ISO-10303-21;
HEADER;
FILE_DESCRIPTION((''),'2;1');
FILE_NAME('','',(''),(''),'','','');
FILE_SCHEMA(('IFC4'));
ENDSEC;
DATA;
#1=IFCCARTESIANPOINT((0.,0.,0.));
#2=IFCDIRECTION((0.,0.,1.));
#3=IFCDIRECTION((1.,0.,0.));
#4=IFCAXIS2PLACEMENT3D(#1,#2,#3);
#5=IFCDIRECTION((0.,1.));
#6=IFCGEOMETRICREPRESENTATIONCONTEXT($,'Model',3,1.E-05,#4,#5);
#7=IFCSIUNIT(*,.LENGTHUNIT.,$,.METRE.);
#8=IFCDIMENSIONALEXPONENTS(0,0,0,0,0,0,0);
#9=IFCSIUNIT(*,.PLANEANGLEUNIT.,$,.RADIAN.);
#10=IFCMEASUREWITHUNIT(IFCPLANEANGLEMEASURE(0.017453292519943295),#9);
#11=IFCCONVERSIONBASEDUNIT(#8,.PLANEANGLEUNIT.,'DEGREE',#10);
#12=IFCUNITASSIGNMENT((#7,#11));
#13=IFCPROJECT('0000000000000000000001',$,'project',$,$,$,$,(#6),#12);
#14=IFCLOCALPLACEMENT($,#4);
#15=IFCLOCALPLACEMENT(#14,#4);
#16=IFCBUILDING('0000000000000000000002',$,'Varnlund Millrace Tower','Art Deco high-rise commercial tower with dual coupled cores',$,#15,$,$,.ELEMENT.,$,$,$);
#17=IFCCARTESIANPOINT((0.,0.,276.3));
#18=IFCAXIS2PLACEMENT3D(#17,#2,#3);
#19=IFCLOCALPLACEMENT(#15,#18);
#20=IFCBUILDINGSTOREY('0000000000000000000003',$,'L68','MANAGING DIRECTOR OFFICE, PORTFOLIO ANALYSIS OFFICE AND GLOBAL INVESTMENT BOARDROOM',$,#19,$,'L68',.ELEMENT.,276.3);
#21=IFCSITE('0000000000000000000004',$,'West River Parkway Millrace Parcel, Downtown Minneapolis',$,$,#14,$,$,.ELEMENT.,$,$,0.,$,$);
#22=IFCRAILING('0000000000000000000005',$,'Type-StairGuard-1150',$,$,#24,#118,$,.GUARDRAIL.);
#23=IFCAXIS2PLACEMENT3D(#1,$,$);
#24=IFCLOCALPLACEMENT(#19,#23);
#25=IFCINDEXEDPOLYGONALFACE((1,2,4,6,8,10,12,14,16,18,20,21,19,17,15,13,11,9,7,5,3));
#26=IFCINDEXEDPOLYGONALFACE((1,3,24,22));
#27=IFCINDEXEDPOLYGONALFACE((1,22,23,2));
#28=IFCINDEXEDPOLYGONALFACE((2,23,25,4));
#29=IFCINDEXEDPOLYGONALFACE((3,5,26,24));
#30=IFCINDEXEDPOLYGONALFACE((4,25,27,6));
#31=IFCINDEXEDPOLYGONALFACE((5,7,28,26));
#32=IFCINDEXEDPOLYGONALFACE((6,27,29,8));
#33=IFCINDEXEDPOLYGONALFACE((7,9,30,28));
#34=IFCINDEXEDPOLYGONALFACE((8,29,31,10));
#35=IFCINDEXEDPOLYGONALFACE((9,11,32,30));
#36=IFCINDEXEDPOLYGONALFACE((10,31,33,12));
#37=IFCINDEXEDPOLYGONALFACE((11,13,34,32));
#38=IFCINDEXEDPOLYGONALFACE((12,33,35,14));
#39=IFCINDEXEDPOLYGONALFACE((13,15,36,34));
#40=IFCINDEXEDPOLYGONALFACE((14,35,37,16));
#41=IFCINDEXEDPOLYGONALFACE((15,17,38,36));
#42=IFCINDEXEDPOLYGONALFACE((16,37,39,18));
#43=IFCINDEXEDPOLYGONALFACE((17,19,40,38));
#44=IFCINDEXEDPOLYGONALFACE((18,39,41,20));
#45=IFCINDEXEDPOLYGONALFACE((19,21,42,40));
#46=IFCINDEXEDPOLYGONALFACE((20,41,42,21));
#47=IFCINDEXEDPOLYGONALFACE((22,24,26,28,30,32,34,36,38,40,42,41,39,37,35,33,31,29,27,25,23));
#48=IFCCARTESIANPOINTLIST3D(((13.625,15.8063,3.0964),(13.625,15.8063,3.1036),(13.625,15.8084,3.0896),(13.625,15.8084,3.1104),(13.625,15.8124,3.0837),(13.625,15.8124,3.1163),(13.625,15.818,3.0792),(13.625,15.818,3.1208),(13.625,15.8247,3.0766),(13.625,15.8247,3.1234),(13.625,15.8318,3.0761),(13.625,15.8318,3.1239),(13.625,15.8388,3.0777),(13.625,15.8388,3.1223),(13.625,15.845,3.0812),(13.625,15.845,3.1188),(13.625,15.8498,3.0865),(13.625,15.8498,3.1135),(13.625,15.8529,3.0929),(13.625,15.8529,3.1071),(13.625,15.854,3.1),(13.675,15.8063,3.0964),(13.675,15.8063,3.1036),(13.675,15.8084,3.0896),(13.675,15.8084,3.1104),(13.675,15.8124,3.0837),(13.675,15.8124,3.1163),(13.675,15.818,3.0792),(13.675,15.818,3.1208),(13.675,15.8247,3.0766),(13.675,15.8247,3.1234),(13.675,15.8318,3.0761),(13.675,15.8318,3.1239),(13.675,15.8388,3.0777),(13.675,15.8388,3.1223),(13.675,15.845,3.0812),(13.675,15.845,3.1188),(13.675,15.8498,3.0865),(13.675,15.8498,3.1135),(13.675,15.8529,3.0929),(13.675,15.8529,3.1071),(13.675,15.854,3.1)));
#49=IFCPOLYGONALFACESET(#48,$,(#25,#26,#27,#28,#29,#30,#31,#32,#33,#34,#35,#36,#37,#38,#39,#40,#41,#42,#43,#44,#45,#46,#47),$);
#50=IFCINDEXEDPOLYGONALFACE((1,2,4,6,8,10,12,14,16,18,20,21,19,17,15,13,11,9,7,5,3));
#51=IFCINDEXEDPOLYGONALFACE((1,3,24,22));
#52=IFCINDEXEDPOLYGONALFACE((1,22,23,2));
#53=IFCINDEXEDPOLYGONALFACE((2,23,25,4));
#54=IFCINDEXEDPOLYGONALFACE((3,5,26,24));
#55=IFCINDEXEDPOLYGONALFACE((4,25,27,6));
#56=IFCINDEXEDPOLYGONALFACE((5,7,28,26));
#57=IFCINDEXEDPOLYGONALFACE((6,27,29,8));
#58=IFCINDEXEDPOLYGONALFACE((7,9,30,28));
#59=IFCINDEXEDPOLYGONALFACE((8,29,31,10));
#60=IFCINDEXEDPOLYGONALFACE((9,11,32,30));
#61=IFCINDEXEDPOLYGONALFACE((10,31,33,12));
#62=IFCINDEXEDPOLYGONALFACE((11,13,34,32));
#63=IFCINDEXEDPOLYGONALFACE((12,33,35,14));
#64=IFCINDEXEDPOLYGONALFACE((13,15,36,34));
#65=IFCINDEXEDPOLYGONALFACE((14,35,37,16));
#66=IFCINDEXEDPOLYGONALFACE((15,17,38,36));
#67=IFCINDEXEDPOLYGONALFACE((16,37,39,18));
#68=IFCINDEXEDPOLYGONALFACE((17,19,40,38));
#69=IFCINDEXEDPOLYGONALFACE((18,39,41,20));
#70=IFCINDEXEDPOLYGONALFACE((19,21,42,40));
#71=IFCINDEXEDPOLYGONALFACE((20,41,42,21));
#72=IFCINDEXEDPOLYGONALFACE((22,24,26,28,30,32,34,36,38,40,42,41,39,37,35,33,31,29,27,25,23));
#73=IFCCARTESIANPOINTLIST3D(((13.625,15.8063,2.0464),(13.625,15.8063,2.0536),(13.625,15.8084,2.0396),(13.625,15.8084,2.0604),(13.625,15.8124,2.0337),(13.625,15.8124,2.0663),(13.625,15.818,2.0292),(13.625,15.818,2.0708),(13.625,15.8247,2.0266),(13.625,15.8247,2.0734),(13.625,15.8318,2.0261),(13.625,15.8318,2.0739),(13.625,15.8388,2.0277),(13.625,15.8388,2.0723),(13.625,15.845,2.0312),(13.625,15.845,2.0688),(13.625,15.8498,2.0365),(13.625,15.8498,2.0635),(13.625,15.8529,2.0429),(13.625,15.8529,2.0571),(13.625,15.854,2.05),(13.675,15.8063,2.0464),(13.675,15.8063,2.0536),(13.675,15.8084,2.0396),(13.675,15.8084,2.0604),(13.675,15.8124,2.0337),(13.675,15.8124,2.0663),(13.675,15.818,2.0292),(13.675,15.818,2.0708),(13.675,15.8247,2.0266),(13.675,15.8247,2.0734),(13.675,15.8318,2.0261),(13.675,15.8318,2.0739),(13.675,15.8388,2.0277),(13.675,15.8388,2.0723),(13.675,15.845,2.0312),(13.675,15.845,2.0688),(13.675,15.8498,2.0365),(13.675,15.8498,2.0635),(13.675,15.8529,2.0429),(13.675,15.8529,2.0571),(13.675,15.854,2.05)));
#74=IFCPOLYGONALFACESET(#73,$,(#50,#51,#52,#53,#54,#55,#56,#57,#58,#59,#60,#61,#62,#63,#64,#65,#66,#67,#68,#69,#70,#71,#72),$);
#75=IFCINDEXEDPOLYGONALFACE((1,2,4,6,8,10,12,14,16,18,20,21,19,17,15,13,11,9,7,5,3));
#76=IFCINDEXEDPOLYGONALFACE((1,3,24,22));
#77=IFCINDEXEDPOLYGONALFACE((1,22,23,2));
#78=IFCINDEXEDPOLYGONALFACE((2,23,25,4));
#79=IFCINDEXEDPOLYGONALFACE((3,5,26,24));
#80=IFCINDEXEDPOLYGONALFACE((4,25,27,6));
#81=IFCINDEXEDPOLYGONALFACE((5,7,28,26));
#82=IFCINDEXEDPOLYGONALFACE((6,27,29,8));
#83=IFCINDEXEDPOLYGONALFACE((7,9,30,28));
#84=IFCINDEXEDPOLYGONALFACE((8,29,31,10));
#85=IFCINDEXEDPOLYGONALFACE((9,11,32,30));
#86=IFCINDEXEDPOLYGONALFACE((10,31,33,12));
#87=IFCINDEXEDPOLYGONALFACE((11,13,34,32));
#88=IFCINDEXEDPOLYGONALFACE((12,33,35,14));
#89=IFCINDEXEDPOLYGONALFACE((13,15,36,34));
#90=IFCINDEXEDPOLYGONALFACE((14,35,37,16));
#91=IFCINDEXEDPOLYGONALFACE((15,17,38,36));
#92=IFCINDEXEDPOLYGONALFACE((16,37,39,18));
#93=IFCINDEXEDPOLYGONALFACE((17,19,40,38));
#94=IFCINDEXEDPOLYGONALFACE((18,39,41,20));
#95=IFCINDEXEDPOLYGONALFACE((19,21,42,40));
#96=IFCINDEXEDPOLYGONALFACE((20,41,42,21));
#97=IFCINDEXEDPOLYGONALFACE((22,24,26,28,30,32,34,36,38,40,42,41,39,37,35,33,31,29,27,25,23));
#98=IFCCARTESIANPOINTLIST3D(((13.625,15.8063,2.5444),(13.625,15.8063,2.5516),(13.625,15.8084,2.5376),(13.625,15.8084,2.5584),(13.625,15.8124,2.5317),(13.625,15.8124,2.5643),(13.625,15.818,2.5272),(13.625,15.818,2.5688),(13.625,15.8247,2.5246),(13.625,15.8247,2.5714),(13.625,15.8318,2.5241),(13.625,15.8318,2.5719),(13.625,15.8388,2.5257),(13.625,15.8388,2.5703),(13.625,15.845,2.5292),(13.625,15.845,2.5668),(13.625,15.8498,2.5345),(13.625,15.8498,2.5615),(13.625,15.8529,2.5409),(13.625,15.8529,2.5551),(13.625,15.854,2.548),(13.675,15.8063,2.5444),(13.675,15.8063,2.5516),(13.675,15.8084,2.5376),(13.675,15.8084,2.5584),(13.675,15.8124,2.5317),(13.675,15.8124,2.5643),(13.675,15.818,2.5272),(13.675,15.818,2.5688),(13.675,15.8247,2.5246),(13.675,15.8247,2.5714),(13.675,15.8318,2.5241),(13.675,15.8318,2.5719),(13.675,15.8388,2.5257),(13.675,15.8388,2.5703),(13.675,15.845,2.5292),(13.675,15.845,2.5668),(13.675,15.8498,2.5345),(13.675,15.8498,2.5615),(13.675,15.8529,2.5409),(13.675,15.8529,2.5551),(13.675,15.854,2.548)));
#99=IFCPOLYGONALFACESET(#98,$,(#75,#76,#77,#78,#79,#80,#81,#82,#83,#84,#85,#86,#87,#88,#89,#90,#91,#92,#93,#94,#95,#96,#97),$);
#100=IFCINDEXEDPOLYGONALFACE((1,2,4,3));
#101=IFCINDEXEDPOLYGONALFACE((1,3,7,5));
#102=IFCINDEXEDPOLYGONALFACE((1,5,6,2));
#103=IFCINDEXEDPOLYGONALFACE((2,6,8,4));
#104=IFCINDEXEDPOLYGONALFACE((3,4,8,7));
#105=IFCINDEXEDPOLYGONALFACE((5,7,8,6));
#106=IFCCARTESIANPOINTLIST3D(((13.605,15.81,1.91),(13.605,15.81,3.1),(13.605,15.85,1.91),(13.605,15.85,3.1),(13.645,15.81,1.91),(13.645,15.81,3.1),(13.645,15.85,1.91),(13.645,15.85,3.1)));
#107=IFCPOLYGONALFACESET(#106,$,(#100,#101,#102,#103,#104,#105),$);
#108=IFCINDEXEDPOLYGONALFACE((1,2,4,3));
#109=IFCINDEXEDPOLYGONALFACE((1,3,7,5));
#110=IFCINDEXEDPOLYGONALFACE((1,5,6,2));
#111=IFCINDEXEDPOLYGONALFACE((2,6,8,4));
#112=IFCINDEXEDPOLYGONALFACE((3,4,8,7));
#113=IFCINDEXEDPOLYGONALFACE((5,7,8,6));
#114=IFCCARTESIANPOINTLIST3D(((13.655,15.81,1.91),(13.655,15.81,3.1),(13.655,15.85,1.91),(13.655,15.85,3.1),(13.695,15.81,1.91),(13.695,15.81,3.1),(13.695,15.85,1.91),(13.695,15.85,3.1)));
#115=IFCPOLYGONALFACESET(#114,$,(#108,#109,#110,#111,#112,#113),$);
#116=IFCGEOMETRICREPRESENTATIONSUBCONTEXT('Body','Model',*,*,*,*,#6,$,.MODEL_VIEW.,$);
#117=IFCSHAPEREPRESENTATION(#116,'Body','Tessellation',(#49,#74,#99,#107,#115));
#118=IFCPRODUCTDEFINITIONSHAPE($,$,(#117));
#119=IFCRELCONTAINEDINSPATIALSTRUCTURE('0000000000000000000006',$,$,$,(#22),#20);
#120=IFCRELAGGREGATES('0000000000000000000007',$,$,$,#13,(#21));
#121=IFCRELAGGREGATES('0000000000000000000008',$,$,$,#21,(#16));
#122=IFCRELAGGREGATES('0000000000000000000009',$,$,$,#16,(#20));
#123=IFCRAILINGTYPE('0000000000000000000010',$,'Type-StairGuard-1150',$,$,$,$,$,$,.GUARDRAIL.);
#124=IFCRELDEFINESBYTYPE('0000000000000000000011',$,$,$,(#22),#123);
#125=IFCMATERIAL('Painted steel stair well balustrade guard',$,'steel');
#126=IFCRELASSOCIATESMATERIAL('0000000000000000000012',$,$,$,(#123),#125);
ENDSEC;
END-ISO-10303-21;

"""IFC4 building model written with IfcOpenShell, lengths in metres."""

from ifc_helpers import new_model, entity, si_unit, converted_unit, direction, frame, origin_with_axes, origin_2d_with_axis, place, context, subcontext, project, spatial, rectangle, circle, extrude, material, type_object, element, save


model = new_model("IFC4")

# Units and contexts
model_context = context("Model", 3, precision=1e-05, world=origin_with_axes(), true_north=direction((0.0, 1.0)))
body_context = subcontext(model_context, "Body", "Model", "MODEL_VIEW")
ifc_project = project(units=[si_unit("LENGTHUNIT", "METRE"), converted_unit("PLANEANGLEUNIT", "DEGREE", entity("IfcPlaneAngleMeasure", 0.017453292519943295), si_unit("PLANEANGLEUNIT", "RADIAN"), dimensions=[0, 0, 0, 0, 0, 0, 0])], contexts=[model_context])

# Site, building, storey
site_placement = place(None, origin_with_axes())
site = spatial("IfcSite", under=ifc_project, at=site_placement, Name="West River Parkway Millrace Parcel, Downtown Minneapolis", CompositionType="ELEMENT", RefElevation=0.0)
building_placement = place(site_placement, origin_with_axes())
building = spatial("IfcBuilding", under=site, at=building_placement, Name="Varnlund Millrace Tower", Description="Art Deco high-rise commercial tower with dual coupled cores", CompositionType="ELEMENT")
storey_placement = place(building_placement, frame((0.0, 0.0, 276.3), z_axis=(0.0, 0.0, 1.0), x_axis=(1.0, 0.0, 0.0)))
storey = spatial("IfcBuildingStorey", under=building, at=storey_placement, Name="L68", Description="MANAGING DIRECTOR OFFICE, PORTFOLIO ANALYSIS OFFICE AND GLOBAL INVESTMENT BOARDROOM", LongName="L68", CompositionType="ELEMENT", Elevation=276.3)

# Railing
ifc_material_1 = material(Name="Painted steel stair well balustrade guard", Category="steel")
railing_type_1 = type_object("IfcRailingType", Name="Type-StairGuard-1150", PredefinedType="GUARDRAIL", material=ifc_material_1)
railing_1_placement = place(storey_placement, frame((0.0, 0.0, -276.3), z_axis=(0.0, 0.0, 1.0), x_axis=(1.0, 0.0, 0.0)))
element("IfcRailing", 1, at=railing_1_placement, inside=storey, type_object=railing_type_1, Name="Type-StairGuard-1150", PredefinedType="GUARDRAIL", context=body_context, shape_type="SweptSolid", body=[
    extrude(circle(Radius=0.024, at=origin_2d_with_axis()), frame((13.625, 15.83, 279.4), z_axis=(1.0, 0.0, 0.0), x_axis=(0.0, 1.0, 0.0)), (0.0, 0.0, 1.0), 0.05),
    extrude(circle(Radius=0.024, at=origin_2d_with_axis()), frame((13.625, 15.83, 278.35), z_axis=(1.0, 0.0, 0.0), x_axis=(0.0, 1.0, 0.0)), (0.0, 0.0, 1.0), 0.05),
    extrude(circle(Radius=0.024, at=origin_2d_with_axis()), frame((13.625, 15.83, 278.848), z_axis=(1.0, 0.0, 0.0), x_axis=(0.0, 1.0, 0.0)), (0.0, 0.0, 1.0), 0.05),
    extrude(rectangle(XDim=0.04, YDim=0.04, at=origin_2d_with_axis()), frame((13.625, 15.83, 278.21), z_axis=(0.0, 0.0, 1.0), x_axis=(1.0, 0.0, 0.0)), (0.0, 0.0, 1.0), 1.19),
    extrude(rectangle(XDim=0.04, YDim=0.04, at=origin_2d_with_axis()), frame((13.675, 15.83, 278.21), z_axis=(0.0, 0.0, 1.0), x_axis=(1.0, 0.0, 0.0)), (0.0, 0.0, 1.0), 1.19),
])

save(model, "model.ifc")
